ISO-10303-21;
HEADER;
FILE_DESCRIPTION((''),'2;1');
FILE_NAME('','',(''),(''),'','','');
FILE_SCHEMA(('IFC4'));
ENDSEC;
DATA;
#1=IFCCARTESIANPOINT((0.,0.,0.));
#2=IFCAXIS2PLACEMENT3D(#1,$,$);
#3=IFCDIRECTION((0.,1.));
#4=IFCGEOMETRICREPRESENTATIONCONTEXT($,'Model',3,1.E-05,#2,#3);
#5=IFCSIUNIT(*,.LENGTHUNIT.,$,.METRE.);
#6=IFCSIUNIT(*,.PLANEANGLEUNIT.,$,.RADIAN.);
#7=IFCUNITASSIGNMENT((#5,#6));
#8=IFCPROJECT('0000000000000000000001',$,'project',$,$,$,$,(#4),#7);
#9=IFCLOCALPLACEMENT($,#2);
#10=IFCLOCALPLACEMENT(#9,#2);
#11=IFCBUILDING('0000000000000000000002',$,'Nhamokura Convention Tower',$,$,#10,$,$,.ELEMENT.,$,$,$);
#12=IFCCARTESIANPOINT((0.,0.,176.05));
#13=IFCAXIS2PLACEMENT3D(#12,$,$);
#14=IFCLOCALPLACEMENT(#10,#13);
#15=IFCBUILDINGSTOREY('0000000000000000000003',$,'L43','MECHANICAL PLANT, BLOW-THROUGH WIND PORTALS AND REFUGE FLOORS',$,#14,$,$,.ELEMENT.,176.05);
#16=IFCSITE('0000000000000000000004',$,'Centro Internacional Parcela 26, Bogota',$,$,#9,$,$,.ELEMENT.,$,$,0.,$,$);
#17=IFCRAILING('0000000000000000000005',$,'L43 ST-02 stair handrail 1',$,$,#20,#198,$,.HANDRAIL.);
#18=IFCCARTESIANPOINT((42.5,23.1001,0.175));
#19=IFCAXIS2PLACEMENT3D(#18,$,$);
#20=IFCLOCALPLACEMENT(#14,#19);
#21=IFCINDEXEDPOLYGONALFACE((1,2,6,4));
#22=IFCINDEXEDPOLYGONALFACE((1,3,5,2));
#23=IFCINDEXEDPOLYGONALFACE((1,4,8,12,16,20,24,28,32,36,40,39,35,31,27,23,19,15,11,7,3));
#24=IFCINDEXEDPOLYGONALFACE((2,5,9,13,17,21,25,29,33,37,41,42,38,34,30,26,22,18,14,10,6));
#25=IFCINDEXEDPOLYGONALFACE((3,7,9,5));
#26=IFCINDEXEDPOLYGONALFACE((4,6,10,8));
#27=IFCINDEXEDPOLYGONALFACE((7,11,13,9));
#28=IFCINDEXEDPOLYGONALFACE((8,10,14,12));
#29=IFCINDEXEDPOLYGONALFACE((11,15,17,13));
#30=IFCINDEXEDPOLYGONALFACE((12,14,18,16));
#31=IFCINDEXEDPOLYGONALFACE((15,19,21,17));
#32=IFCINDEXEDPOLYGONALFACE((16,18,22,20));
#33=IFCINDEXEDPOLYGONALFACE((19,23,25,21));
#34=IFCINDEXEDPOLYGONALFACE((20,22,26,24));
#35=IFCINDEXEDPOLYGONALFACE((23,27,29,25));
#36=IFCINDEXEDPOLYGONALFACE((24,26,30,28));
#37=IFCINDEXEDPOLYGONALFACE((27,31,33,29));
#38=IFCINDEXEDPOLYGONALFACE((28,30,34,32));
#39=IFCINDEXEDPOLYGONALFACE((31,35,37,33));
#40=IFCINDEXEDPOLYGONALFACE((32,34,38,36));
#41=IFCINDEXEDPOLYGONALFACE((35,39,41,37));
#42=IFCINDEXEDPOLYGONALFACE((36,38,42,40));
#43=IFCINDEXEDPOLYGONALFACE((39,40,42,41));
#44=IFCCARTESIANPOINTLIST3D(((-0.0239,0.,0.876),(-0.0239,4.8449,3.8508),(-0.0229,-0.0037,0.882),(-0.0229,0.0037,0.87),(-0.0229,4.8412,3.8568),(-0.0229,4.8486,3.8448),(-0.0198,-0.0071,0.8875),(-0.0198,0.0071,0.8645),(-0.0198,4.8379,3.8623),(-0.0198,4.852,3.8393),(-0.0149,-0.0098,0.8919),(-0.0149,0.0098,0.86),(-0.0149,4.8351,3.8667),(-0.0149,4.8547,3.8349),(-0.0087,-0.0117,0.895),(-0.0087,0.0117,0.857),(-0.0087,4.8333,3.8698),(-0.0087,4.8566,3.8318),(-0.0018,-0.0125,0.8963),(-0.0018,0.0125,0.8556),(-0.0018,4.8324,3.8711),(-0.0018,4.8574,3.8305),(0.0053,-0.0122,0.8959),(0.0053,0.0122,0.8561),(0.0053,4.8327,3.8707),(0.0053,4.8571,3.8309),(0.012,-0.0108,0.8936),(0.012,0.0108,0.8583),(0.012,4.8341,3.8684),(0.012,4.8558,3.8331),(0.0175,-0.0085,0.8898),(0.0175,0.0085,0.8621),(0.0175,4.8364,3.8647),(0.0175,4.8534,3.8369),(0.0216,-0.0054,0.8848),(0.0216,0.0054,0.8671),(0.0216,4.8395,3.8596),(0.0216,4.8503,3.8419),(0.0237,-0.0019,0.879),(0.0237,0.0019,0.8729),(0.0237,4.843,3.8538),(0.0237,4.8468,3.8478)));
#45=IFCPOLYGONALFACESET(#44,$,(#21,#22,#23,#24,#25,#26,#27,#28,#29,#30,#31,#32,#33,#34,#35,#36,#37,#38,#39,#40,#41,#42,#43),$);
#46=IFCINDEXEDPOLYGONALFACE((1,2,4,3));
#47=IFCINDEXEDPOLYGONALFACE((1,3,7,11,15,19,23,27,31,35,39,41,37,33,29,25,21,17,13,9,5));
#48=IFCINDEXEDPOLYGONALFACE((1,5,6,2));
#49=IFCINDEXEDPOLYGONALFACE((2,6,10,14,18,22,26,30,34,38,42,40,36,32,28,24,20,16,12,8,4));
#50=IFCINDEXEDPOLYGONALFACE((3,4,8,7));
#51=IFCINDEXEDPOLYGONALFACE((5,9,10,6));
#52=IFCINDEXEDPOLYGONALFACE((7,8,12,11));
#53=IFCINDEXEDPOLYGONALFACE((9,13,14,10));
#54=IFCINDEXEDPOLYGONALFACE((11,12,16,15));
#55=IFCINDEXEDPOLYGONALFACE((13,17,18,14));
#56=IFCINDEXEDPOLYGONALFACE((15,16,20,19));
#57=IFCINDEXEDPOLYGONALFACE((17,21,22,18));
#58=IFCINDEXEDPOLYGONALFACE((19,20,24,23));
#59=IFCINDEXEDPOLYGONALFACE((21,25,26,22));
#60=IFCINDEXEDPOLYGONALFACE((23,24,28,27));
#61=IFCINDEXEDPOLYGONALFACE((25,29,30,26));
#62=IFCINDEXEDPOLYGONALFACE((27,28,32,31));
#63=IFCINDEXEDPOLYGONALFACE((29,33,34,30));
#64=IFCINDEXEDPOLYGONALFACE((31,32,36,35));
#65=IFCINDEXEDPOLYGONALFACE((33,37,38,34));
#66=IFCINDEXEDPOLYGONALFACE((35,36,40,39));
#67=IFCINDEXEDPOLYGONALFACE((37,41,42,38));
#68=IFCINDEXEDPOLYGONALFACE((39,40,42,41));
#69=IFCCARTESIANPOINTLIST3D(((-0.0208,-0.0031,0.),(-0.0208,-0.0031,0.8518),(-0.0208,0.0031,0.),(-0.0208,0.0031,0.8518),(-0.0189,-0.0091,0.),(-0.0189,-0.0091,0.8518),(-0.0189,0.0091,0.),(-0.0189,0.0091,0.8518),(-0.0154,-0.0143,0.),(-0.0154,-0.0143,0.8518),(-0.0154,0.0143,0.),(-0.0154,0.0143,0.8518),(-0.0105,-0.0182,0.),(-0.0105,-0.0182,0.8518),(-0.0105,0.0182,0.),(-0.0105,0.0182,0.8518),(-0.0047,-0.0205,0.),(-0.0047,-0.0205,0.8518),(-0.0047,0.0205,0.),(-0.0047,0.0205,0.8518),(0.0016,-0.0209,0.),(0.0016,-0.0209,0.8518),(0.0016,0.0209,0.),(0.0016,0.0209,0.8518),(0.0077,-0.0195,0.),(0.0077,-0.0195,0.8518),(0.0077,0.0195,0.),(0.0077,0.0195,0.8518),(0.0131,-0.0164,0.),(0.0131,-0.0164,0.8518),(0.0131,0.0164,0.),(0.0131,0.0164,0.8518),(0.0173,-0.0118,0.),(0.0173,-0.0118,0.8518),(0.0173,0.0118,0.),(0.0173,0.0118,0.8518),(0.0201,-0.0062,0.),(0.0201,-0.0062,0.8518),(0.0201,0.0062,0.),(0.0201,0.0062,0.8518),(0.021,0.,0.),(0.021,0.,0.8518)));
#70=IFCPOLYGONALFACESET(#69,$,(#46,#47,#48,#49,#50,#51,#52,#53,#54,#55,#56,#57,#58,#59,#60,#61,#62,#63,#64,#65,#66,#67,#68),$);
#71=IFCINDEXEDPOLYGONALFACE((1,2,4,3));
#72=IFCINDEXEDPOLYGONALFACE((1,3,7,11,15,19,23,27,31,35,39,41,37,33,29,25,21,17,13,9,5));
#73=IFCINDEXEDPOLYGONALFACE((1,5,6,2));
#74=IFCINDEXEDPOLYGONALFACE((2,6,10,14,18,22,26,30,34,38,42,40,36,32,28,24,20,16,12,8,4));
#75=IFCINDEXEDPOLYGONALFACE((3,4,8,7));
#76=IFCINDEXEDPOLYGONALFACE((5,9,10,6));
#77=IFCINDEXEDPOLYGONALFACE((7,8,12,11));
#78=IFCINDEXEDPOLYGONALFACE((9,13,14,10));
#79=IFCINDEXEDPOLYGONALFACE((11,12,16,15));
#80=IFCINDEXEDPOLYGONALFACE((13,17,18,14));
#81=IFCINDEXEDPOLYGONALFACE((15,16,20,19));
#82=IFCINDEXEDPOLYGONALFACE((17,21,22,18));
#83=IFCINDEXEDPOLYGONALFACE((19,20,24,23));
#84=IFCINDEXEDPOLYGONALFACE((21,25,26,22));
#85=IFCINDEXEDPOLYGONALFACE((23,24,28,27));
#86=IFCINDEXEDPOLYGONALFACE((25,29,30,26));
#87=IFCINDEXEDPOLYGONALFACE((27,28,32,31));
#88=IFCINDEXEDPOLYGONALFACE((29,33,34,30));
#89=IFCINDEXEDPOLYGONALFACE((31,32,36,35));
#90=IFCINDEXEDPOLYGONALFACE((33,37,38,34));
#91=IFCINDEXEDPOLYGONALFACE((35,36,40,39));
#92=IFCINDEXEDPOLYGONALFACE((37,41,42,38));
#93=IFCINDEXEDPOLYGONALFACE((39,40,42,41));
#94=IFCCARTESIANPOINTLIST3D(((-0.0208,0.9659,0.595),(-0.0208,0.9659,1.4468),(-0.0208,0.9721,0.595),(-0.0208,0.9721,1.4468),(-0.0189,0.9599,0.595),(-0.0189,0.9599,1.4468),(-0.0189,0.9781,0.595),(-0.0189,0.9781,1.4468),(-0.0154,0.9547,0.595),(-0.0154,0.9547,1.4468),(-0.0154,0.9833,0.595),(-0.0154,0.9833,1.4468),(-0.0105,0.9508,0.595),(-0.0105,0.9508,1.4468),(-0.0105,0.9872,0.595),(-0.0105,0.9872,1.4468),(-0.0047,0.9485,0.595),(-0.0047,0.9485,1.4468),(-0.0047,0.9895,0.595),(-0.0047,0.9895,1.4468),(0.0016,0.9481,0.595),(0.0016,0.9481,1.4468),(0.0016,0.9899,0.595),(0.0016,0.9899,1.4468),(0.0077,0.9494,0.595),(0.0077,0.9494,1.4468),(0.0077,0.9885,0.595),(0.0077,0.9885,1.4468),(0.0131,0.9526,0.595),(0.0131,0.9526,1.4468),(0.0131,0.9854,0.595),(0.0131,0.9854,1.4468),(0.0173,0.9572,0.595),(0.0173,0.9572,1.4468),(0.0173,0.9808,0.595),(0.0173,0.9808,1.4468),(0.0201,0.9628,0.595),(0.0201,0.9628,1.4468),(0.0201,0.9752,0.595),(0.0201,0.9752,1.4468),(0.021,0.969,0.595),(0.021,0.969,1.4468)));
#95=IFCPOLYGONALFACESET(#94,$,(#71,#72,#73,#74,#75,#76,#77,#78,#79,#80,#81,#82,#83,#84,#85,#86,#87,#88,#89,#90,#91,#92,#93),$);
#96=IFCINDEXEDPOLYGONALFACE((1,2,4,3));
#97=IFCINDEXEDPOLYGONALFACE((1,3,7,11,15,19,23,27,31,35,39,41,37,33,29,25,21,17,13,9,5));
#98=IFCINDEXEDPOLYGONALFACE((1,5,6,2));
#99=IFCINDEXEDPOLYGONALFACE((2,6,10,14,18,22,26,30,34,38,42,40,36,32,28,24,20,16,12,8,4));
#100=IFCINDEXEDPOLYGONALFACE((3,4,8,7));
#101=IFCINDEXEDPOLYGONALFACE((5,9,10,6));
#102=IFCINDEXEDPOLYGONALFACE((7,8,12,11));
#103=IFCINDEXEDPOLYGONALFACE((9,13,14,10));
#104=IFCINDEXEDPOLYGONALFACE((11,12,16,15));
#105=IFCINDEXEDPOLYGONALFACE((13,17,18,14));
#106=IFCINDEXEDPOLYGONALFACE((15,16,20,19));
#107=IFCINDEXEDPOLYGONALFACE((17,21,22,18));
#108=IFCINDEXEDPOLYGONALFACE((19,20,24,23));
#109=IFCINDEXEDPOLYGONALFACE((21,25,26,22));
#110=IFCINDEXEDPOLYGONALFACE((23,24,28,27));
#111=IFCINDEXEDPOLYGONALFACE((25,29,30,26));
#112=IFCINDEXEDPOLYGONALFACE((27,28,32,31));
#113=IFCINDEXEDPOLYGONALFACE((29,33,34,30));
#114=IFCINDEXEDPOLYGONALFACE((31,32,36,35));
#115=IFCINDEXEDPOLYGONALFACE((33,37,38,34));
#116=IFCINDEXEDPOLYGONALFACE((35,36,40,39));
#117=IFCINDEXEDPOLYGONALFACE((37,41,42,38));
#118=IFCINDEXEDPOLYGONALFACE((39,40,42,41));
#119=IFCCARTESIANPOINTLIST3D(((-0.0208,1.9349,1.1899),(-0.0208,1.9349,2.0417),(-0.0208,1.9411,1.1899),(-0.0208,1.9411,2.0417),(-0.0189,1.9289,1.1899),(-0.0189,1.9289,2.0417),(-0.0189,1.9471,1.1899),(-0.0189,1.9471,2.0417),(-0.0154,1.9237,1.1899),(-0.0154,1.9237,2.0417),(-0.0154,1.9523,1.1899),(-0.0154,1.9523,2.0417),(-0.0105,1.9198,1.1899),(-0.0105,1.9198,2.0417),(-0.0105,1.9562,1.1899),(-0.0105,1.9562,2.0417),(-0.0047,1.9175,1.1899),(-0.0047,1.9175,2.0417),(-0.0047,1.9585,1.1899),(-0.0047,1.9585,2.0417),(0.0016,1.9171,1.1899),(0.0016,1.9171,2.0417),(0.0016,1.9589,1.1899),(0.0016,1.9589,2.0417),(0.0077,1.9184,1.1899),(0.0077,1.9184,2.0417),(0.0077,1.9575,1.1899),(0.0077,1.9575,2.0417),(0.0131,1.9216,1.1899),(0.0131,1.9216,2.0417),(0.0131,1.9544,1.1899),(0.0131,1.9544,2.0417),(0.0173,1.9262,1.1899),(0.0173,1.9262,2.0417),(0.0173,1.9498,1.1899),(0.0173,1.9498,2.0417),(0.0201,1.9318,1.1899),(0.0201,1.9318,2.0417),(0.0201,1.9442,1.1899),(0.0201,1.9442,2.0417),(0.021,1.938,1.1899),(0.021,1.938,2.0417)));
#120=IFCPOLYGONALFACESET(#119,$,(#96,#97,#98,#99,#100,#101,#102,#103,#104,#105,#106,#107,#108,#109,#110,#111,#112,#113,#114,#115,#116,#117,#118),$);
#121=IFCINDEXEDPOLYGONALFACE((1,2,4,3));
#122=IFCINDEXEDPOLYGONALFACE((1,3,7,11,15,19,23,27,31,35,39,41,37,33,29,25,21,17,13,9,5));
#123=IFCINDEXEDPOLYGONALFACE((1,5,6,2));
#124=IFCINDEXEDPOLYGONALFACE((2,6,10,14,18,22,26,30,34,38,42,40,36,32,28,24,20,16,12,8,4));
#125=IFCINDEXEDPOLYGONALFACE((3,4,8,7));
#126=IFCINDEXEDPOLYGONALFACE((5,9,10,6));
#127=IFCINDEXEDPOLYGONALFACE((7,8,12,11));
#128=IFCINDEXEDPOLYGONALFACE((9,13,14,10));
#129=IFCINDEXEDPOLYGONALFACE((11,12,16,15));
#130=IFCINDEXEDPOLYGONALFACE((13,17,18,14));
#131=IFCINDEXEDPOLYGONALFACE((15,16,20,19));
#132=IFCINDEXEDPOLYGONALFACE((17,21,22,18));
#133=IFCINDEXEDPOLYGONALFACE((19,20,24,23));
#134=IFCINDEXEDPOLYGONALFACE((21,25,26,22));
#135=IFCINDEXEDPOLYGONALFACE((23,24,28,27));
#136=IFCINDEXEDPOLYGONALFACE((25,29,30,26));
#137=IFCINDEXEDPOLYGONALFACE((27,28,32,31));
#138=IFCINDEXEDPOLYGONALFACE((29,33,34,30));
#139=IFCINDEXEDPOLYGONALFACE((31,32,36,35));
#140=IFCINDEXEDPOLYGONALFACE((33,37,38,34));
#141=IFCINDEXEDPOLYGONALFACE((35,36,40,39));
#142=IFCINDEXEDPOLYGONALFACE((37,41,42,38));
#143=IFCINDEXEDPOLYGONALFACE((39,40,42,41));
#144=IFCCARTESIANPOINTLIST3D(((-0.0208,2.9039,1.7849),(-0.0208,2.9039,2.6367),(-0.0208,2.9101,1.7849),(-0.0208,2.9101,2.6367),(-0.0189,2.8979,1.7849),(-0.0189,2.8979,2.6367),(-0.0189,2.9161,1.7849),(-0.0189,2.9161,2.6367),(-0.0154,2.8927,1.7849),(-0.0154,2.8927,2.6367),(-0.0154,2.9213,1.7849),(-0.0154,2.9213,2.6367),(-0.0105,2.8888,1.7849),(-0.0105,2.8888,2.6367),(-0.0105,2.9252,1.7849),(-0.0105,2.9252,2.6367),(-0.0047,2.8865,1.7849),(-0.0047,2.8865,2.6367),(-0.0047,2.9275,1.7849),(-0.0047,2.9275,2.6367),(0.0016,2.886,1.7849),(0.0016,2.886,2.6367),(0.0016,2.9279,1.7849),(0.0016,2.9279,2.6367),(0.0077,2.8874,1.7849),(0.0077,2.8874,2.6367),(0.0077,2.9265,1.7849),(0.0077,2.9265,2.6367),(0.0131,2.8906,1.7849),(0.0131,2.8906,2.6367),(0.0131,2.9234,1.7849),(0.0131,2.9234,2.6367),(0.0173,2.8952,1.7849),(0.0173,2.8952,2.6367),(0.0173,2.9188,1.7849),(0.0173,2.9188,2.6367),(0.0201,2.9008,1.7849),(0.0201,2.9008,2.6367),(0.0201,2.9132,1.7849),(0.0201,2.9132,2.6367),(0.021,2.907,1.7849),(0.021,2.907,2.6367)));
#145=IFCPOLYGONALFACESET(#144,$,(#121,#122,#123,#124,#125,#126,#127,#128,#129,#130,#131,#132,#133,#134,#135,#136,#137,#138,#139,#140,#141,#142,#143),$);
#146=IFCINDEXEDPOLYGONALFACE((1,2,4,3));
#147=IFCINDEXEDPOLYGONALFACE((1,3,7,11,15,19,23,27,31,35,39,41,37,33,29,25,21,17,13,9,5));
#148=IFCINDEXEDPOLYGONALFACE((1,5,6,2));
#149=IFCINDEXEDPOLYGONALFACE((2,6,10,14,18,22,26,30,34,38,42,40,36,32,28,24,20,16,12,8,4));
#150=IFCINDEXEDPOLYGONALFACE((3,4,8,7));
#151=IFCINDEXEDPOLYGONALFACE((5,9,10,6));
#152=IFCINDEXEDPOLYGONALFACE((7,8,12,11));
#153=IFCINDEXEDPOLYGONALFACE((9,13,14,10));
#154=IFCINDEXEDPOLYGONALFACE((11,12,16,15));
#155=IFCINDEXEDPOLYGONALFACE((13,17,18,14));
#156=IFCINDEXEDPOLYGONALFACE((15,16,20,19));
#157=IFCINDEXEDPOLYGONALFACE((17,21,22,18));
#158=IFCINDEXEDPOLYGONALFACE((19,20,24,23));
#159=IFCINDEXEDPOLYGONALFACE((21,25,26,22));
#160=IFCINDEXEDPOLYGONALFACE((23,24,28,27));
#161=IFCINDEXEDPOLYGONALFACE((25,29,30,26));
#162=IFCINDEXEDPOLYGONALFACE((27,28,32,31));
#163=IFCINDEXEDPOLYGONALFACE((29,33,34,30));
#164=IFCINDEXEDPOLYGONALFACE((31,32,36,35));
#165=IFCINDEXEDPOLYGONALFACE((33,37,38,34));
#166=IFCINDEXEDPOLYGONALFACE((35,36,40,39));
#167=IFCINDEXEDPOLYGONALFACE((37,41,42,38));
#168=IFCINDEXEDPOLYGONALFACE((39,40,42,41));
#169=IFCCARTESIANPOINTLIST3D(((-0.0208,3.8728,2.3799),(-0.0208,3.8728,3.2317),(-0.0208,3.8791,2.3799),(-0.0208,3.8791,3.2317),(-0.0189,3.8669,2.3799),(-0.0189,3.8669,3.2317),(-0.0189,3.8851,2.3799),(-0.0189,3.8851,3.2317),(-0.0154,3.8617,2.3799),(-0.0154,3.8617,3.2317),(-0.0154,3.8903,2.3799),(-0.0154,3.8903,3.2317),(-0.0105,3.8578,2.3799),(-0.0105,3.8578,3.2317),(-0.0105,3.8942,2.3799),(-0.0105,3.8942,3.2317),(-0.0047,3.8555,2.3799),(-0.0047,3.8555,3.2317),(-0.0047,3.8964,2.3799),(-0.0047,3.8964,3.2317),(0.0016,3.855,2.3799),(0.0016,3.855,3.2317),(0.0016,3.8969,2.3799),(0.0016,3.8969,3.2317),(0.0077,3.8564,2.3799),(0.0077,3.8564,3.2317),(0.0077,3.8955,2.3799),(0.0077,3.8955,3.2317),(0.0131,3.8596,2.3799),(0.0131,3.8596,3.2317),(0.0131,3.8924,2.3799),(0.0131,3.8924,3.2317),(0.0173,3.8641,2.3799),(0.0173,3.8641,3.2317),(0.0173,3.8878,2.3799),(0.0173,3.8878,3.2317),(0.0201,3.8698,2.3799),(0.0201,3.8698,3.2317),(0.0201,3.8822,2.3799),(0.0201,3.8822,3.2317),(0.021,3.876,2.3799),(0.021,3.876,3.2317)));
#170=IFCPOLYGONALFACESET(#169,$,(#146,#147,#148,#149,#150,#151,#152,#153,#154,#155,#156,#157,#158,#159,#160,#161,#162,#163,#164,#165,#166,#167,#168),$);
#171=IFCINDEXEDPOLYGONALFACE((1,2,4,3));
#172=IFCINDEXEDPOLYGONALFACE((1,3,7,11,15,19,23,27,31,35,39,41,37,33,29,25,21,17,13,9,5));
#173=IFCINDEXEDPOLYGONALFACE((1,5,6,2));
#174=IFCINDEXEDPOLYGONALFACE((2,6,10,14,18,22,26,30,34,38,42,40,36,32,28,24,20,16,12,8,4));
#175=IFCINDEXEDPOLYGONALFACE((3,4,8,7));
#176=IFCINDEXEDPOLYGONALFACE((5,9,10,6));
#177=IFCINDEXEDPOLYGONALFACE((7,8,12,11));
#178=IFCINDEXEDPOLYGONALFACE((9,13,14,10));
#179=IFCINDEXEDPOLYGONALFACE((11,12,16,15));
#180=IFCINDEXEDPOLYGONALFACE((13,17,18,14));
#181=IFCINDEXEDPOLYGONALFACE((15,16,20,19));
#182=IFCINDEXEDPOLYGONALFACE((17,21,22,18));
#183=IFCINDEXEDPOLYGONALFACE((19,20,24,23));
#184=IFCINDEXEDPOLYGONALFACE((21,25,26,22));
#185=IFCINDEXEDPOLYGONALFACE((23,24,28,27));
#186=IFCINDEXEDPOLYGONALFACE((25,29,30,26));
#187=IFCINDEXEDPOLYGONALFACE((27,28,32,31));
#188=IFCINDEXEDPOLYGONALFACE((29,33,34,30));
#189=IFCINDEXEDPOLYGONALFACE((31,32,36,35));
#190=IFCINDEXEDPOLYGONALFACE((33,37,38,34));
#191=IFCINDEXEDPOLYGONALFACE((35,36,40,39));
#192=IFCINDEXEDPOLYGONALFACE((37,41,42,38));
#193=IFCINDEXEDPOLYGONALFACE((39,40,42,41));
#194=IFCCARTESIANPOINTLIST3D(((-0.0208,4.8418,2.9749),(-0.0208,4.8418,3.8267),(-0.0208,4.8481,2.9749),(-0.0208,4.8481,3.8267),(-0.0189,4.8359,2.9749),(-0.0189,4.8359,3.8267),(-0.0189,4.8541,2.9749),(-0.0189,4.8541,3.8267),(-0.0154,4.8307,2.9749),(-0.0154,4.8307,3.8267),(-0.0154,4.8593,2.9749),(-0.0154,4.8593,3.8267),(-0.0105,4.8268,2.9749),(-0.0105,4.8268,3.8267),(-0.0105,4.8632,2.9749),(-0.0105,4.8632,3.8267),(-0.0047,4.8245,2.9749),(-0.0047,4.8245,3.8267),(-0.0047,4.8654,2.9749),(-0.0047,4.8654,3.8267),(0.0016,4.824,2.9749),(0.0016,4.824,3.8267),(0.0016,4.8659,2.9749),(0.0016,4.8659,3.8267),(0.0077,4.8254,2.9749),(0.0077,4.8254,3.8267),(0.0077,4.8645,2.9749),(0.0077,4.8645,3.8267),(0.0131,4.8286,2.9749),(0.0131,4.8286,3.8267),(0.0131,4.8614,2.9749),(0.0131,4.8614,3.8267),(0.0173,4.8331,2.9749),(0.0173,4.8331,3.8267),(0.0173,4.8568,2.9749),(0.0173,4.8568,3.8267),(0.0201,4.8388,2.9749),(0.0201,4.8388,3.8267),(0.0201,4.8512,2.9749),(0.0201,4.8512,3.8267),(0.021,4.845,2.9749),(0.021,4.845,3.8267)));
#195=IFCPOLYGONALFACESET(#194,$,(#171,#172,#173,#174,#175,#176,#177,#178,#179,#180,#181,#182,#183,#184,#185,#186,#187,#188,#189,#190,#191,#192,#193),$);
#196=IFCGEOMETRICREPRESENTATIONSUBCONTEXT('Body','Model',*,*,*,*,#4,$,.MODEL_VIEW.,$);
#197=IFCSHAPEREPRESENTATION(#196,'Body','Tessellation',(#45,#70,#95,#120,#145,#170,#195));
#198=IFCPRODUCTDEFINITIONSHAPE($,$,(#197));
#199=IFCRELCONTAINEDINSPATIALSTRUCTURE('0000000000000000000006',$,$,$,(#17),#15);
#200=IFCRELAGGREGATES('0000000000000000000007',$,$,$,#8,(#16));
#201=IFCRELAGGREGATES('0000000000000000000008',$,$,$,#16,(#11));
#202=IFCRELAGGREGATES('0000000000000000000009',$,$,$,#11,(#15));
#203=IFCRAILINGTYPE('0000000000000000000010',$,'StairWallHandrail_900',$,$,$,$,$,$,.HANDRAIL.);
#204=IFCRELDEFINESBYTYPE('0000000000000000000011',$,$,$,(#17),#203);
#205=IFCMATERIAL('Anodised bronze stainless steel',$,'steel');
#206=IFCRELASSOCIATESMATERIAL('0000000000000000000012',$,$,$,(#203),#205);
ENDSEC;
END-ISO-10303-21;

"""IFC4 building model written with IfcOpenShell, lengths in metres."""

from ifc_helpers import new_model, si_unit, direction, frame, origin, origin_2d, place, context, subcontext, project, spatial, circle, extrude, material, type_object, element, save


model = new_model("IFC4")

# Units and contexts
model_context = context("Model", 3, precision=1e-05, world=origin(), true_north=direction((0.0, 1.0)))
body_context = subcontext(model_context, "Body", "Model", "MODEL_VIEW")
ifc_project = project(units=[si_unit("LENGTHUNIT", "METRE"), si_unit("PLANEANGLEUNIT", "RADIAN")], contexts=[model_context])

# Site, building, storey
site_placement = place(None, origin())
site = spatial("IfcSite", under=ifc_project, at=site_placement, Name="Centro Internacional Parcela 26, Bogota", CompositionType="ELEMENT", RefElevation=0.0)
building_placement = place(site_placement, origin())
building = spatial("IfcBuilding", under=site, at=building_placement, Name="Nhamokura Convention Tower", CompositionType="ELEMENT")
storey_placement = place(building_placement, frame((0.0, 0.0, 176.05)))
storey = spatial("IfcBuildingStorey", under=building, at=storey_placement, Name="L43", Description="MECHANICAL PLANT, BLOW-THROUGH WIND PORTALS AND REFUGE FLOORS", CompositionType="ELEMENT", Elevation=176.05)

# Railing
ifc_material_1 = material(Name="Anodised bronze stainless steel", Category="steel")
railing_type_1 = type_object("IfcRailingType", Name="StairWallHandrail_900", PredefinedType="HANDRAIL", material=ifc_material_1)
railing_1_placement = place(storey_placement, frame((42.5, 23.1001, 0.175)))
element("IfcRailing", 1, at=railing_1_placement, inside=storey, type_object=railing_type_1, Name="L43 ST-02 stair handrail 1", PredefinedType="HANDRAIL", context=body_context, shape_type="SweptSolid", body=[
    extrude(circle(Radius=0.0239, at=origin_2d()), frame((0.0, 0.0, 0.876), z_axis=(0.0, 0.852181, 0.523247), x_axis=(-1.0, 0.0, 0.0)), (0.0, 0.0, 1.0), 5.6853),
    extrude(circle(Radius=0.021, at=origin_2d()), origin(), (0.0, 0.0, 1.0), 0.8518),
    extrude(circle(Radius=0.021, at=origin_2d()), frame((0.0, 0.969, 0.595)), (0.0, 0.0, 1.0), 0.8518),
    extrude(circle(Radius=0.021, at=origin_2d()), frame((0.0, 1.938, 1.1899)), (0.0, 0.0, 1.0), 0.8518),
    extrude(circle(Radius=0.021, at=origin_2d()), frame((0.0, 2.907, 1.7849)), (0.0, 0.0, 1.0), 0.8518),
    extrude(circle(Radius=0.021, at=origin_2d()), frame((0.0, 3.876, 2.3799)), (0.0, 0.0, 1.0), 0.8518),
    extrude(circle(Radius=0.021, at=origin_2d()), frame((0.0, 4.845, 2.9749)), (0.0, 0.0, 1.0), 0.8518),
])

save(model, "model.ifc")
